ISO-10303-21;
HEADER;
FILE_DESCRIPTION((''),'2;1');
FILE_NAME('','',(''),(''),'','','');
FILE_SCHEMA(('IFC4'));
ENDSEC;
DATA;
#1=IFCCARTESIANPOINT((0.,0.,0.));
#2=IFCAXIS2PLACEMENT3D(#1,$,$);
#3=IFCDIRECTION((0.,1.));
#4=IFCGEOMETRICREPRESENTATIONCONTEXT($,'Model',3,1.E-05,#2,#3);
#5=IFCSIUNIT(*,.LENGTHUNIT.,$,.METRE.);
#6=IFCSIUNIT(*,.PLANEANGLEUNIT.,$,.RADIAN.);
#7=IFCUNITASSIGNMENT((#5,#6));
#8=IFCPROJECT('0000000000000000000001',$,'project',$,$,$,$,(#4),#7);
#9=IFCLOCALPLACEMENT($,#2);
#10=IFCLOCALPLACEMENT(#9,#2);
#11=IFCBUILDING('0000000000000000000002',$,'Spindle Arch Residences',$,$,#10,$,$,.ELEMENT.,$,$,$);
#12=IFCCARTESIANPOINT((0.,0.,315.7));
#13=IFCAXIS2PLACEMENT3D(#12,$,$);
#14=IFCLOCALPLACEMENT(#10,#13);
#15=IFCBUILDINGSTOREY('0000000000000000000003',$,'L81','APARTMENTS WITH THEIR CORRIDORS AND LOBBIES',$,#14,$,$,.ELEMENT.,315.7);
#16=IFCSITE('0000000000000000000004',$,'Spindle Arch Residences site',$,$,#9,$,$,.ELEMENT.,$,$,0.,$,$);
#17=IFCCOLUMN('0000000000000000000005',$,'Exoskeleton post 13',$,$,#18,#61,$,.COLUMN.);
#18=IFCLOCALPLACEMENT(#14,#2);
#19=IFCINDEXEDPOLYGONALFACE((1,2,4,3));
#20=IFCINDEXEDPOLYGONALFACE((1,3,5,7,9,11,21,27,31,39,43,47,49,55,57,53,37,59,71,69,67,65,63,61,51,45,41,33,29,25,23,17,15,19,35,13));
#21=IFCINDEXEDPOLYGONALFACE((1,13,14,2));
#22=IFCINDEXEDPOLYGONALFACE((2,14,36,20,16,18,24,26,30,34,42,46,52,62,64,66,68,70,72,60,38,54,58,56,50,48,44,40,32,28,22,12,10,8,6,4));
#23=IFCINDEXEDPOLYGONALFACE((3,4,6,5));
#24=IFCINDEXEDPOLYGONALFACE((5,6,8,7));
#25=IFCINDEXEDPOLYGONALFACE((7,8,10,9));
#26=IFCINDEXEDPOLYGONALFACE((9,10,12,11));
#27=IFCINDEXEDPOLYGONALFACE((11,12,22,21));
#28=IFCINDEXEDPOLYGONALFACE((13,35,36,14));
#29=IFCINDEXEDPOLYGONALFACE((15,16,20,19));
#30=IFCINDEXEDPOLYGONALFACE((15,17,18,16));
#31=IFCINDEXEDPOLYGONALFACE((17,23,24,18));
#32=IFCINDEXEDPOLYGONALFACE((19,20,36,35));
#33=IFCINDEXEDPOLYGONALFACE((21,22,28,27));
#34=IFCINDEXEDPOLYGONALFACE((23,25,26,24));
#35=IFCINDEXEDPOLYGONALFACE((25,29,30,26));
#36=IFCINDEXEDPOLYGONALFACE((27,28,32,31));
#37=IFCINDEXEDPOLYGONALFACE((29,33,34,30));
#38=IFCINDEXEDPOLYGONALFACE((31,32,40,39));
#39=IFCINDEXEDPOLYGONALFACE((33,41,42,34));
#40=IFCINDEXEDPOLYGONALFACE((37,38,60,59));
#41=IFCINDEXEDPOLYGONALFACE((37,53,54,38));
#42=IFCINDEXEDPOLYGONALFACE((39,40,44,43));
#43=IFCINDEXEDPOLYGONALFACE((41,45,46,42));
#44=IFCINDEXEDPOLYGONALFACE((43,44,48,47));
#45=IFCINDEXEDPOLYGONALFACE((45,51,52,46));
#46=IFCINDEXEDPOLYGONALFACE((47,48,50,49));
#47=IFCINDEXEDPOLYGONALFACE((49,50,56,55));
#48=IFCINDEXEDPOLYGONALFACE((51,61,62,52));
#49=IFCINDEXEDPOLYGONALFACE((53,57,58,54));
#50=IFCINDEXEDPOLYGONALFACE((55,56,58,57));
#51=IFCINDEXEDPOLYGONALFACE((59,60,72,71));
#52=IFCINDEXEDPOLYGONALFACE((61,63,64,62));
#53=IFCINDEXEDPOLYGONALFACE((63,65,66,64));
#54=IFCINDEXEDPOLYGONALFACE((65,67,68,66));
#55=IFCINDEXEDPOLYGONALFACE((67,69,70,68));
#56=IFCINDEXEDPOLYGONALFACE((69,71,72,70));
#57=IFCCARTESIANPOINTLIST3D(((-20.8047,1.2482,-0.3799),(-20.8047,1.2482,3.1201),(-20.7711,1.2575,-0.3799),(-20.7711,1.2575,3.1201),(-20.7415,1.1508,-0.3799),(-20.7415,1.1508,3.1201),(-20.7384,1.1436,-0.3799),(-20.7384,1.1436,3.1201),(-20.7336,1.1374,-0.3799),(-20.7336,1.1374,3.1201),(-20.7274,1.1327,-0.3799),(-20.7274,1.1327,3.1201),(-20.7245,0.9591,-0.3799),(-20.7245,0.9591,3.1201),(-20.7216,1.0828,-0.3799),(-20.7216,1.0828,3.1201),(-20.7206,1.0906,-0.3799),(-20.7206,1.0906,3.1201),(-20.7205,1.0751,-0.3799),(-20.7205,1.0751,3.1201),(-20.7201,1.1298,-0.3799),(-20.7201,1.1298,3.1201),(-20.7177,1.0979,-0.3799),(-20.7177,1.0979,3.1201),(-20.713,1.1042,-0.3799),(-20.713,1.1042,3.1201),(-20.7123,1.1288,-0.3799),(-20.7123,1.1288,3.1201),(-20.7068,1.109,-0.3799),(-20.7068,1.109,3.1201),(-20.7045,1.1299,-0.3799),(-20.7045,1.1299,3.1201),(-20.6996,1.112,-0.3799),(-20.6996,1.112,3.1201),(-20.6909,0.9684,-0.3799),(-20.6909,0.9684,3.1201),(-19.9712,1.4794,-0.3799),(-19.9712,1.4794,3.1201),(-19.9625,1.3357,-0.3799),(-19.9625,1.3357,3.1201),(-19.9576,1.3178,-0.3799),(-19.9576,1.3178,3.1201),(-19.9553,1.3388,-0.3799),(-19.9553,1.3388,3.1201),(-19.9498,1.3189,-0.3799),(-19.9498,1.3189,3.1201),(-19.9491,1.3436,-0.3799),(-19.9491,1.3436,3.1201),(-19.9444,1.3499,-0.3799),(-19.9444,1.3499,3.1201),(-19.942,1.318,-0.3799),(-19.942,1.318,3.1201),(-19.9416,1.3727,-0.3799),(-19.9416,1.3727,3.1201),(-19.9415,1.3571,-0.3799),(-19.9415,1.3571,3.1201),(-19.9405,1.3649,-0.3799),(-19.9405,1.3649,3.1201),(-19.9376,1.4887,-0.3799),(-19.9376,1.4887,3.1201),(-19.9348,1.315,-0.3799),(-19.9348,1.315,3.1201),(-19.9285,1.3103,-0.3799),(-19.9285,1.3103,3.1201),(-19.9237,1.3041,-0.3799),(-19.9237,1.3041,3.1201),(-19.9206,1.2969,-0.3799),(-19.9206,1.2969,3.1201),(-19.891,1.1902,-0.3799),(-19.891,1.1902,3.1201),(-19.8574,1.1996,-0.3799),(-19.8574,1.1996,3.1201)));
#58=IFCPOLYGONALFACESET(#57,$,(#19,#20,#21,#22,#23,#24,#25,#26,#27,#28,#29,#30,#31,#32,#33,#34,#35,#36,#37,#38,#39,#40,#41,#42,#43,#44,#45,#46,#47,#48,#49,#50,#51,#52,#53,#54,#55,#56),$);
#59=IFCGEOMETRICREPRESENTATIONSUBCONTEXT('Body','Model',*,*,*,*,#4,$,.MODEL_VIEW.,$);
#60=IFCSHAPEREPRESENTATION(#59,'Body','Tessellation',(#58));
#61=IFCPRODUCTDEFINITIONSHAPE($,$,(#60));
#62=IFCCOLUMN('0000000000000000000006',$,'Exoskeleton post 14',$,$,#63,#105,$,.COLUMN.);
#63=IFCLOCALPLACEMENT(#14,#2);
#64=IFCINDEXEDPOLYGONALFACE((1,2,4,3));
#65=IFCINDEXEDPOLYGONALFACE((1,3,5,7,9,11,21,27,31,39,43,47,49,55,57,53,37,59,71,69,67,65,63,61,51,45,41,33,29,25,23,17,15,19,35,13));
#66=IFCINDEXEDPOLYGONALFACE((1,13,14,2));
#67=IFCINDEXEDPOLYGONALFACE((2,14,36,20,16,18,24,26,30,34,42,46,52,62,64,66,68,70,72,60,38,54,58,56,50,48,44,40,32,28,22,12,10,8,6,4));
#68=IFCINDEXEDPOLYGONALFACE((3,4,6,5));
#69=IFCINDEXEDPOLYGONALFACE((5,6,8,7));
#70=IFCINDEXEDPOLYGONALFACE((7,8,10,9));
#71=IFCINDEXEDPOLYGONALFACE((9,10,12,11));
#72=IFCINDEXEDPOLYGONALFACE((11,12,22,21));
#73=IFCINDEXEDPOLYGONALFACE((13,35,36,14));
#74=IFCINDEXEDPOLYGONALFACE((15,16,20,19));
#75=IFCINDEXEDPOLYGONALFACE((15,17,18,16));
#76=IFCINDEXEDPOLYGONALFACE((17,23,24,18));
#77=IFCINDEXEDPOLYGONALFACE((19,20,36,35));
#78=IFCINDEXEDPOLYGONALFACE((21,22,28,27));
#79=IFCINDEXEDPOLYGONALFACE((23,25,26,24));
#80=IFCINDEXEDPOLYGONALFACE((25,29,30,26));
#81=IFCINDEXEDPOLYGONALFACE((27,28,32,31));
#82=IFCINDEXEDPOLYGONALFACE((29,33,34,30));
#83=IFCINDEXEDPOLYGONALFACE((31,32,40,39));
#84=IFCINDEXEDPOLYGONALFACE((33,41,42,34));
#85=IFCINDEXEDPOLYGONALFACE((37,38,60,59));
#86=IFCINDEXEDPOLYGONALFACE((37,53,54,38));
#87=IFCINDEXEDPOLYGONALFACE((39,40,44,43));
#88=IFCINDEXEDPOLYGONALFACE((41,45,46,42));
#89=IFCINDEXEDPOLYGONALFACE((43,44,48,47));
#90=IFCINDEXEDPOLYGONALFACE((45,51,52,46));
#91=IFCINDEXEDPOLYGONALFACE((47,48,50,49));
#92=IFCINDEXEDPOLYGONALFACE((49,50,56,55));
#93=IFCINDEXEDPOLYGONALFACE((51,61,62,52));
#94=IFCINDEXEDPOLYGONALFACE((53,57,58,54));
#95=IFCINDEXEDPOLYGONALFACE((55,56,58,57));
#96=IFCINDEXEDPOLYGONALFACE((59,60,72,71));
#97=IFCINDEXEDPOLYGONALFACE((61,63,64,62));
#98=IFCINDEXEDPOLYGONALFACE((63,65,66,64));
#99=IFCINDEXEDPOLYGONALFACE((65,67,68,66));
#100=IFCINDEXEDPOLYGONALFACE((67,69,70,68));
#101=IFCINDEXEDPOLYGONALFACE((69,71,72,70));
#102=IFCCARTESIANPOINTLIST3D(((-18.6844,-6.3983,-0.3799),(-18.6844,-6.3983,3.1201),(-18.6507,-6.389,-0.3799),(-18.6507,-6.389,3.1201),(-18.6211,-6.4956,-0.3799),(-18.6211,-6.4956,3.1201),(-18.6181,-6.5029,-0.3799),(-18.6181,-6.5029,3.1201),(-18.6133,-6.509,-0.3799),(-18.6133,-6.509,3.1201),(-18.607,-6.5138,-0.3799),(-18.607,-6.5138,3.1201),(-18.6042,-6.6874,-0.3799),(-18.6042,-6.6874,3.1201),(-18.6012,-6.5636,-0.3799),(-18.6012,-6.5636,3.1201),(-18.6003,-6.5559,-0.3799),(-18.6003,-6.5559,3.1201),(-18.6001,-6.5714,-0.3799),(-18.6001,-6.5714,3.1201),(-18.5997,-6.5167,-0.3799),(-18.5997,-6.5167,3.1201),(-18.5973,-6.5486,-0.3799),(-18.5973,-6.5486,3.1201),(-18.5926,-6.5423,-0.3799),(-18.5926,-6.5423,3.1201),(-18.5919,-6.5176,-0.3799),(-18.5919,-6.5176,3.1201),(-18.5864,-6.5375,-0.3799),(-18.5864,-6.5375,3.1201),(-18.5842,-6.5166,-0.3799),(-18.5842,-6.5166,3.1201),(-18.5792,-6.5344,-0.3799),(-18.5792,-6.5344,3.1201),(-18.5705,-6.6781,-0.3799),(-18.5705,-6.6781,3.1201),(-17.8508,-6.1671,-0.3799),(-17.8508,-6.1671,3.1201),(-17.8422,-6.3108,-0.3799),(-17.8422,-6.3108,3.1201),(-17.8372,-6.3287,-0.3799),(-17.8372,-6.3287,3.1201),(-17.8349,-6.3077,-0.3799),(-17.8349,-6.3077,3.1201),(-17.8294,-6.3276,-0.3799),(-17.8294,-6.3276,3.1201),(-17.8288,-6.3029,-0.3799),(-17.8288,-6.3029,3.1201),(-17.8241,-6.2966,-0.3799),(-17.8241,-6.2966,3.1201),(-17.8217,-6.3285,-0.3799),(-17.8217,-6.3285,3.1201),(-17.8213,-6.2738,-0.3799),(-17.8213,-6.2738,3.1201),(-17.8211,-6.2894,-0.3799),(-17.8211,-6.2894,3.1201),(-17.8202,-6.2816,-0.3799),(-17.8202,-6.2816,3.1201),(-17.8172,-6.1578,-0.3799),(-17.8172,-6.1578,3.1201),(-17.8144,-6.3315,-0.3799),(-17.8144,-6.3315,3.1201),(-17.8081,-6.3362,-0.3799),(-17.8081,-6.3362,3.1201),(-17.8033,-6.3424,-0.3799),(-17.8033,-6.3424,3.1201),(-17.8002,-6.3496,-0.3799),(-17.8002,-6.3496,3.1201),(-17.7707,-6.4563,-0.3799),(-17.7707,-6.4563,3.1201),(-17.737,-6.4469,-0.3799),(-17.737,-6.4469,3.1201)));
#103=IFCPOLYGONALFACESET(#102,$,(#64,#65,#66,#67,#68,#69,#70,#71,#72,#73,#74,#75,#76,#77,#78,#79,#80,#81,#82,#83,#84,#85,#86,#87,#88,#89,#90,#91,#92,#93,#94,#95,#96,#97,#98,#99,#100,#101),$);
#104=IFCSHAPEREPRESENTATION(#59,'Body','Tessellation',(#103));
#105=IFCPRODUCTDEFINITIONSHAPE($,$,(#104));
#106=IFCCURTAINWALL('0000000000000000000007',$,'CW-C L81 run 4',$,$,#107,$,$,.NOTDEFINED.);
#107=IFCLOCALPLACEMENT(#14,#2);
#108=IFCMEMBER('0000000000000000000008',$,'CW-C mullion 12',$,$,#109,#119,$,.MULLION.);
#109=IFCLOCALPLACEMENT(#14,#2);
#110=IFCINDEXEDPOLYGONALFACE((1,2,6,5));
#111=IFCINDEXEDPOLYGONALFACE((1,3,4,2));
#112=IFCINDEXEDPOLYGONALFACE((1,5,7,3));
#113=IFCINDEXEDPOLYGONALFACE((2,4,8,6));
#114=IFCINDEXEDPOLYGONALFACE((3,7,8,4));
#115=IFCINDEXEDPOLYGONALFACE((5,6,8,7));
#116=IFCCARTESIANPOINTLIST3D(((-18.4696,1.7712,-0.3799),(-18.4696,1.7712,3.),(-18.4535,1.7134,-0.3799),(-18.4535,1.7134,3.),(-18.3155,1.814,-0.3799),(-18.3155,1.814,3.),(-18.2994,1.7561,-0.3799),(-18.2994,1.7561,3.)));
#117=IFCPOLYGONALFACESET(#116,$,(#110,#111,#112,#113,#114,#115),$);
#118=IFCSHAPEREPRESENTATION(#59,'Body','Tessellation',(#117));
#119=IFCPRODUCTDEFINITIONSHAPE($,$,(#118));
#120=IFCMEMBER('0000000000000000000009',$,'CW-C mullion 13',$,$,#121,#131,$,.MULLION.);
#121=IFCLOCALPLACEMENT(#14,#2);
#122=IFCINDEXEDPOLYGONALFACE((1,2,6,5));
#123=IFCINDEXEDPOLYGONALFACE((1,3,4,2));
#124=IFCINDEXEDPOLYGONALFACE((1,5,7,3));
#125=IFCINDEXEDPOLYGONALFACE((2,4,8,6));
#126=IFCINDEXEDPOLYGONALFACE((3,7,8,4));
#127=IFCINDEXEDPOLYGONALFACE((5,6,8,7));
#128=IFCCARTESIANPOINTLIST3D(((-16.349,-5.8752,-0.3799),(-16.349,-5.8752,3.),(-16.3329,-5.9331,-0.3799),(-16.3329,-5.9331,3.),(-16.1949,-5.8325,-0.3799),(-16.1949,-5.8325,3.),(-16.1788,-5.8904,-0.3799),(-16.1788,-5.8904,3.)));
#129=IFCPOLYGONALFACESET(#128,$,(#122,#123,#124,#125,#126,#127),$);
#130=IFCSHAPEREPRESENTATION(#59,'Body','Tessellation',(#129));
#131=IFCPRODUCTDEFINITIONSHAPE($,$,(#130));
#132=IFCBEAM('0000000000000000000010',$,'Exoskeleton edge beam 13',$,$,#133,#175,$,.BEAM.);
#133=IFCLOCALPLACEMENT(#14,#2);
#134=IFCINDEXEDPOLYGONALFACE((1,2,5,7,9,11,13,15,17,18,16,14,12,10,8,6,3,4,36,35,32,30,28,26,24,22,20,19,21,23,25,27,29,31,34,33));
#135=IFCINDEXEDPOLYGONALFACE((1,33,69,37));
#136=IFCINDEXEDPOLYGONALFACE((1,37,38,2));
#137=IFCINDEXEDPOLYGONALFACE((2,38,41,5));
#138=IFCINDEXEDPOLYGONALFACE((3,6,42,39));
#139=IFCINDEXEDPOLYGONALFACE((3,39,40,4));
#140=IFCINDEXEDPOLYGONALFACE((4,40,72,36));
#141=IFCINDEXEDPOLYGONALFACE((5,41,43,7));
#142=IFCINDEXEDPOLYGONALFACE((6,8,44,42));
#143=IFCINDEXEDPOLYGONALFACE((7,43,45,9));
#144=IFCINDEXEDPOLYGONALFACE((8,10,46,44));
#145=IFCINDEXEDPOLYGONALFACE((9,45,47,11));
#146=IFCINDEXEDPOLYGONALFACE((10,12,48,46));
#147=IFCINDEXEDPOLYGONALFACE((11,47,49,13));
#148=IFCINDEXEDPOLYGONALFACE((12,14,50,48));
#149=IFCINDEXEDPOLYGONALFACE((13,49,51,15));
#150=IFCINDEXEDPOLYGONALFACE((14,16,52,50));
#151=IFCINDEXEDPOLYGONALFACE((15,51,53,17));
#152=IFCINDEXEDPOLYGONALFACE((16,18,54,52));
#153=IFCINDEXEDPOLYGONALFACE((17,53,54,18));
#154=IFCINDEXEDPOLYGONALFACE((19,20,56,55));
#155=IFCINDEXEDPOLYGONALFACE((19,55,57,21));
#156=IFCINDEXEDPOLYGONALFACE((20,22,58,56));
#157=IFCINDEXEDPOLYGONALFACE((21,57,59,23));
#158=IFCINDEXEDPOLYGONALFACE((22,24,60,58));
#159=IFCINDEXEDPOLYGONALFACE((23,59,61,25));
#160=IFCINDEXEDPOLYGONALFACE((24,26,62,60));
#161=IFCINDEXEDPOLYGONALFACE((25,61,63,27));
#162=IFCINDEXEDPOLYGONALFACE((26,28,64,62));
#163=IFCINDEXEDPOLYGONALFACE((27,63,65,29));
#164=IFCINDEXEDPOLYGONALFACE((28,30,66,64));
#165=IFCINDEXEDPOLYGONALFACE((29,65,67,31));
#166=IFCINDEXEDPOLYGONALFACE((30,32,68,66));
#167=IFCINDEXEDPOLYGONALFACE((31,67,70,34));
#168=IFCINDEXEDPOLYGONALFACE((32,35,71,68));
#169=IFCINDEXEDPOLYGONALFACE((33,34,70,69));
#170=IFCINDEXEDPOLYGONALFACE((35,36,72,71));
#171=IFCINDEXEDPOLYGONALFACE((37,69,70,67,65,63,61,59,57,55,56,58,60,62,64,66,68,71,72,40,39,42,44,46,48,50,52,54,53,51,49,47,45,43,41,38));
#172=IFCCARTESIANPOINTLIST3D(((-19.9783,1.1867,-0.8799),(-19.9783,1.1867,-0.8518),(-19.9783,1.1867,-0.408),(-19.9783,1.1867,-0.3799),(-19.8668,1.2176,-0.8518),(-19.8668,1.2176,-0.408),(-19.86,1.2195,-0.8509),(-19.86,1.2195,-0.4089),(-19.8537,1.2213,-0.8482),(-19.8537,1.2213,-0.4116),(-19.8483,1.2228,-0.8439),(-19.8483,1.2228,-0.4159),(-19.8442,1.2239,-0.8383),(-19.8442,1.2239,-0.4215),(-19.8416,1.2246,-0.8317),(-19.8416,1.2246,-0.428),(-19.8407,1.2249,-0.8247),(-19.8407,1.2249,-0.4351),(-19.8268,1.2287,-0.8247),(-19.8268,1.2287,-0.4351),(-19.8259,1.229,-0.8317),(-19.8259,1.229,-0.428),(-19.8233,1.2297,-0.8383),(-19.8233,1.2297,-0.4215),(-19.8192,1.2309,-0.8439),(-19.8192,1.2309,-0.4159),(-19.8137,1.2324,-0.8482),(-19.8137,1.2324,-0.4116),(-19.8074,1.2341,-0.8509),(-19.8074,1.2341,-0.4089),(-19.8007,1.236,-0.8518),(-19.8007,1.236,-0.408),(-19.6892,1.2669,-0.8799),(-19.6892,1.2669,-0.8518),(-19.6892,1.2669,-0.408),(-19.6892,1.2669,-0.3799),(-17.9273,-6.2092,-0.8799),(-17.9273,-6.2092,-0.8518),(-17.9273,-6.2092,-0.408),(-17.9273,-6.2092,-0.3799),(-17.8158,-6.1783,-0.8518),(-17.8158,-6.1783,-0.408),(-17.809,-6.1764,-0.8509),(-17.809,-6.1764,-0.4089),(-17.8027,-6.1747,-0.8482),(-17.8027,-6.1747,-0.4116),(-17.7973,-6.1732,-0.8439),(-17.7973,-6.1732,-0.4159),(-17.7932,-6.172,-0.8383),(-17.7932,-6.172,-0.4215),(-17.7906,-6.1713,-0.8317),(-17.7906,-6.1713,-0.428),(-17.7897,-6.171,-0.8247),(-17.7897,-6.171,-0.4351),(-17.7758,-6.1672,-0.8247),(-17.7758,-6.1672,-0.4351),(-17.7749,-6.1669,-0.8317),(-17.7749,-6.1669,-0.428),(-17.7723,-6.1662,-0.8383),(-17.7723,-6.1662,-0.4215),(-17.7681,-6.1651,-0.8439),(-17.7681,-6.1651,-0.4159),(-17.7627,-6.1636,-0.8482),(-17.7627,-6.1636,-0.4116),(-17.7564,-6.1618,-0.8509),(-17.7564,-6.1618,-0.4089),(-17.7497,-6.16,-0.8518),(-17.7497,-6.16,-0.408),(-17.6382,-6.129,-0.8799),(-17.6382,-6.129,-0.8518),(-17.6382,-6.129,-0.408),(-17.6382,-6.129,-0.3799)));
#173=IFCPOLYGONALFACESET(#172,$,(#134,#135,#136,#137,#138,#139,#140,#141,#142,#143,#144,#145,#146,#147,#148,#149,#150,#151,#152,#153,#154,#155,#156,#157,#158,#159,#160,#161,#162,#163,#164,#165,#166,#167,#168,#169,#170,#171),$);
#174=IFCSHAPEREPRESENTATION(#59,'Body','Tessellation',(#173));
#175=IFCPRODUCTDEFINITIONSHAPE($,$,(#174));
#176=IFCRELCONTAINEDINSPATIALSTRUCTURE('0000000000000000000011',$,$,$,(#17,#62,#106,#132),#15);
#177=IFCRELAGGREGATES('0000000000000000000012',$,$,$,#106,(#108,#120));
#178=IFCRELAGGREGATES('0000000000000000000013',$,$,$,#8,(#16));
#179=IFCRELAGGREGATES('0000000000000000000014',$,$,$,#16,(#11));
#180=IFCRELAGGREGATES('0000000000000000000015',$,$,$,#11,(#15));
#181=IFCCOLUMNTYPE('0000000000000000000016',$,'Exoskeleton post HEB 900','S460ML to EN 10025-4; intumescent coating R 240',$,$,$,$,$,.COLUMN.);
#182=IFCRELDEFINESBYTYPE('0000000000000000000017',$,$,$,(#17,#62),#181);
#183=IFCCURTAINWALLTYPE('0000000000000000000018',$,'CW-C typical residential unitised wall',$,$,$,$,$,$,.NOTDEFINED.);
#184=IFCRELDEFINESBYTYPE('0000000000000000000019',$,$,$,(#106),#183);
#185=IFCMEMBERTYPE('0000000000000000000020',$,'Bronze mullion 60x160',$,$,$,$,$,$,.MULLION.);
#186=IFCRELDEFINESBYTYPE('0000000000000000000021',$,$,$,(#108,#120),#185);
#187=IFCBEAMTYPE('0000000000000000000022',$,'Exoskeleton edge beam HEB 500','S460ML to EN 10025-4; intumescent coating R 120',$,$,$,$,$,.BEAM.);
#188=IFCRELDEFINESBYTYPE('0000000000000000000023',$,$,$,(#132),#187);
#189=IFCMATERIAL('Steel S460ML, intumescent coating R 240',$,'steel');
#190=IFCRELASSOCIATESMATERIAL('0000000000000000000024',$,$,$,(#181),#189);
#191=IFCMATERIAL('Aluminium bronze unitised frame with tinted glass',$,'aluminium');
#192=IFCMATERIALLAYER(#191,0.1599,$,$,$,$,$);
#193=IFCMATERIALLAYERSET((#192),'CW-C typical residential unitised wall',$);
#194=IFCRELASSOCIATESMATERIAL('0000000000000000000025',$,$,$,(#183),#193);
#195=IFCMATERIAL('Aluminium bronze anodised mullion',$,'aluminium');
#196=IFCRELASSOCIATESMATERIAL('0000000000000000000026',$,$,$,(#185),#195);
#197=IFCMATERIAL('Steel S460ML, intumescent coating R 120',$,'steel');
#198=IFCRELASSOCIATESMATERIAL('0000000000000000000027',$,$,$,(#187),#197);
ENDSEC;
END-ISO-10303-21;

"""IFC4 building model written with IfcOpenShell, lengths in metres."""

from ifc_helpers import new_model, si_unit, direction, frame, origin, origin_2d, place, context, subcontext, project, spatial, rectangle, i_section, extrude, material, layer, layer_set, material_profile, profile_set, type_object, element, aggregate, save


model = new_model("IFC4")

# Units and contexts
model_context = context("Model", 3, precision=1e-05, world=origin(), true_north=direction((0.0, 1.0)))
body_context = subcontext(model_context, "Body", "Model", "MODEL_VIEW")
ifc_project = project(units=[si_unit("LENGTHUNIT", "METRE"), si_unit("PLANEANGLEUNIT", "RADIAN")], contexts=[model_context])

# Site, building, storey
site_placement = place(None, origin())
site = spatial("IfcSite", under=ifc_project, at=site_placement, Name="Spindle Arch Residences site", CompositionType="ELEMENT", RefElevation=0.0)
building_placement = place(site_placement, origin())
building = spatial("IfcBuilding", under=site, at=building_placement, Name="Spindle Arch Residences", CompositionType="ELEMENT")
storey_placement = place(building_placement, frame((0.0, 0.0, 315.7)))
storey = spatial("IfcBuildingStorey", under=building, at=storey_placement, Name="L81", Description="APARTMENTS WITH THEIR CORRIDORS AND LOBBIES", CompositionType="ELEMENT", Elevation=315.7)

# Columns
ifc_material_1 = material(Name="Steel S460ML, intumescent coating R 240", Category="steel")
ifc_material_profile_1 = material_profile(ifc_material_1, i_section(OverallWidth=0.3, OverallDepth=0.8999, WebThickness=0.0186, FlangeThickness=0.0349, FilletRadius=0.03, at=origin_2d()), Name="HEB 900")
ifc_profile_set_1 = profile_set([ifc_material_profile_1], Name="Steel S460ML, intumescent coating R 240")
column_type = type_object("IfcColumnType", Name="Exoskeleton post HEB 900", Description="S460ML to EN 10025-4; intumescent coating R 240", PredefinedType="COLUMN", material=ifc_profile_set_1)
for number, where, z_axis, x_axis, name in (
    (1, (-20.3311, 1.2239, -0.3799), (0.0, 0.0, 1.0), (-0.267238, 0.963631, 0.0), "Exoskeleton post 13"),
    (2, (-18.2107, -6.4226, -0.3799), (0.0, 0.0, 1.0), (-0.267238, 0.963631, 0.0), "Exoskeleton post 14"),
):
    element("IfcColumn", number, at=place(storey_placement, frame(where, z_axis=z_axis, x_axis=x_axis)), inside=storey, type_object=column_type, Name=name, PredefinedType="COLUMN", context=body_context, shape_type="SweptSolid", body=[
        extrude(i_section(OverallWidth=0.3, OverallDepth=0.8999, WebThickness=0.0186, FlangeThickness=0.0349, FilletRadius=0.03, at=origin_2d()), origin(), (0.0, 0.0, 1.0), 3.5),
    ])

# Curtain wall, members
ifc_material_2 = material(Name="Aluminium bronze unitised frame with tinted glass", Category="aluminium")
ifc_layer_1 = layer(ifc_material_2, 0.1599)
ifc_layer_set_1 = layer_set([ifc_layer_1], Name="CW-C typical residential unitised wall")
curtain_wall_type = type_object("IfcCurtainWallType", Name="CW-C typical residential unitised wall", PredefinedType="NOTDEFINED", material=ifc_layer_set_1)
curtain_wall_placement = place(storey_placement, origin())
curtain_wall = element("IfcCurtainWall", 3, at=curtain_wall_placement, inside=storey, type_object=curtain_wall_type, Name="CW-C L81 run 4", PredefinedType="NOTDEFINED")
ifc_material_3 = material(Name="Aluminium bronze anodised mullion", Category="aluminium")
ifc_material_profile_2 = material_profile(ifc_material_3, rectangle(XDim=0.1599, YDim=0.0601, at=origin_2d()), Name="MU 60x160")
ifc_profile_set_2 = profile_set([ifc_material_profile_2], Name="Aluminium bronze anodised mullion")
member_type = type_object("IfcMemberType", Name="Bronze mullion 60x160", PredefinedType="MULLION", material=ifc_profile_set_2)
member_1_placement = place(storey_placement, frame((-18.3845, 1.7637, -0.3799), z_axis=(0.0, 0.0, 1.0), x_axis=(0.96363, 0.267238, 0.0)))
member_1 = element("IfcMember", 4, at=member_1_placement, type_object=member_type, Name="CW-C mullion 12", PredefinedType="MULLION", context=body_context, shape_type="SweptSolid", body=[
    extrude(rectangle(XDim=0.1599, YDim=0.0601, at=origin_2d()), origin(), (0.0, 0.0, 1.0), 3.3799),
])
member_2_placement = place(storey_placement, frame((-16.2639, -5.8828, -0.3799), z_axis=(0.0, 0.0, 1.0), x_axis=(0.96363, 0.267238, 0.0)))
member_2 = element("IfcMember", 5, at=member_2_placement, type_object=member_type, Name="CW-C mullion 13", PredefinedType="MULLION", context=body_context, shape_type="SweptSolid", body=[
    extrude(rectangle(XDim=0.1599, YDim=0.0601, at=origin_2d()), origin(), (0.0, 0.0, 1.0), 3.3799),
])

# Beam
ifc_material_4 = material(Name="Steel S460ML, intumescent coating R 120", Category="steel")
ifc_material_profile_3 = material_profile(ifc_material_4, i_section(OverallWidth=0.3, OverallDepth=0.5, WebThickness=0.0144, FlangeThickness=0.0281, FilletRadius=0.0271, at=origin_2d()), Name="HEB 500")
ifc_profile_set_3 = profile_set([ifc_material_profile_3], Name="Steel S460ML, intumescent coating R 120")
beam_type_1 = type_object("IfcBeamType", Name="Exoskeleton edge beam HEB 500", Description="S460ML to EN 10025-4; intumescent coating R 120", PredefinedType="BEAM", material=ifc_profile_set_3)
beam_1_placement = place(storey_placement, frame((-19.8337, 1.2268, -0.6299), z_axis=(0.26723, -0.963633, 0.0), x_axis=(0.963633, 0.26723, 0.0)))
element("IfcBeam", 6, at=beam_1_placement, inside=storey, type_object=beam_type_1, Name="Exoskeleton edge beam 13", PredefinedType="BEAM", context=body_context, shape_type="SweptSolid", body=[
    extrude(i_section(OverallWidth=0.3, OverallDepth=0.5, WebThickness=0.0144, FlangeThickness=0.0281, FilletRadius=0.0271, at=origin_2d()), origin(), (0.0, 0.0, 1.0), 7.675),
])

aggregate(curtain_wall, [member_1, member_2])

save(model, "model.ifc")
